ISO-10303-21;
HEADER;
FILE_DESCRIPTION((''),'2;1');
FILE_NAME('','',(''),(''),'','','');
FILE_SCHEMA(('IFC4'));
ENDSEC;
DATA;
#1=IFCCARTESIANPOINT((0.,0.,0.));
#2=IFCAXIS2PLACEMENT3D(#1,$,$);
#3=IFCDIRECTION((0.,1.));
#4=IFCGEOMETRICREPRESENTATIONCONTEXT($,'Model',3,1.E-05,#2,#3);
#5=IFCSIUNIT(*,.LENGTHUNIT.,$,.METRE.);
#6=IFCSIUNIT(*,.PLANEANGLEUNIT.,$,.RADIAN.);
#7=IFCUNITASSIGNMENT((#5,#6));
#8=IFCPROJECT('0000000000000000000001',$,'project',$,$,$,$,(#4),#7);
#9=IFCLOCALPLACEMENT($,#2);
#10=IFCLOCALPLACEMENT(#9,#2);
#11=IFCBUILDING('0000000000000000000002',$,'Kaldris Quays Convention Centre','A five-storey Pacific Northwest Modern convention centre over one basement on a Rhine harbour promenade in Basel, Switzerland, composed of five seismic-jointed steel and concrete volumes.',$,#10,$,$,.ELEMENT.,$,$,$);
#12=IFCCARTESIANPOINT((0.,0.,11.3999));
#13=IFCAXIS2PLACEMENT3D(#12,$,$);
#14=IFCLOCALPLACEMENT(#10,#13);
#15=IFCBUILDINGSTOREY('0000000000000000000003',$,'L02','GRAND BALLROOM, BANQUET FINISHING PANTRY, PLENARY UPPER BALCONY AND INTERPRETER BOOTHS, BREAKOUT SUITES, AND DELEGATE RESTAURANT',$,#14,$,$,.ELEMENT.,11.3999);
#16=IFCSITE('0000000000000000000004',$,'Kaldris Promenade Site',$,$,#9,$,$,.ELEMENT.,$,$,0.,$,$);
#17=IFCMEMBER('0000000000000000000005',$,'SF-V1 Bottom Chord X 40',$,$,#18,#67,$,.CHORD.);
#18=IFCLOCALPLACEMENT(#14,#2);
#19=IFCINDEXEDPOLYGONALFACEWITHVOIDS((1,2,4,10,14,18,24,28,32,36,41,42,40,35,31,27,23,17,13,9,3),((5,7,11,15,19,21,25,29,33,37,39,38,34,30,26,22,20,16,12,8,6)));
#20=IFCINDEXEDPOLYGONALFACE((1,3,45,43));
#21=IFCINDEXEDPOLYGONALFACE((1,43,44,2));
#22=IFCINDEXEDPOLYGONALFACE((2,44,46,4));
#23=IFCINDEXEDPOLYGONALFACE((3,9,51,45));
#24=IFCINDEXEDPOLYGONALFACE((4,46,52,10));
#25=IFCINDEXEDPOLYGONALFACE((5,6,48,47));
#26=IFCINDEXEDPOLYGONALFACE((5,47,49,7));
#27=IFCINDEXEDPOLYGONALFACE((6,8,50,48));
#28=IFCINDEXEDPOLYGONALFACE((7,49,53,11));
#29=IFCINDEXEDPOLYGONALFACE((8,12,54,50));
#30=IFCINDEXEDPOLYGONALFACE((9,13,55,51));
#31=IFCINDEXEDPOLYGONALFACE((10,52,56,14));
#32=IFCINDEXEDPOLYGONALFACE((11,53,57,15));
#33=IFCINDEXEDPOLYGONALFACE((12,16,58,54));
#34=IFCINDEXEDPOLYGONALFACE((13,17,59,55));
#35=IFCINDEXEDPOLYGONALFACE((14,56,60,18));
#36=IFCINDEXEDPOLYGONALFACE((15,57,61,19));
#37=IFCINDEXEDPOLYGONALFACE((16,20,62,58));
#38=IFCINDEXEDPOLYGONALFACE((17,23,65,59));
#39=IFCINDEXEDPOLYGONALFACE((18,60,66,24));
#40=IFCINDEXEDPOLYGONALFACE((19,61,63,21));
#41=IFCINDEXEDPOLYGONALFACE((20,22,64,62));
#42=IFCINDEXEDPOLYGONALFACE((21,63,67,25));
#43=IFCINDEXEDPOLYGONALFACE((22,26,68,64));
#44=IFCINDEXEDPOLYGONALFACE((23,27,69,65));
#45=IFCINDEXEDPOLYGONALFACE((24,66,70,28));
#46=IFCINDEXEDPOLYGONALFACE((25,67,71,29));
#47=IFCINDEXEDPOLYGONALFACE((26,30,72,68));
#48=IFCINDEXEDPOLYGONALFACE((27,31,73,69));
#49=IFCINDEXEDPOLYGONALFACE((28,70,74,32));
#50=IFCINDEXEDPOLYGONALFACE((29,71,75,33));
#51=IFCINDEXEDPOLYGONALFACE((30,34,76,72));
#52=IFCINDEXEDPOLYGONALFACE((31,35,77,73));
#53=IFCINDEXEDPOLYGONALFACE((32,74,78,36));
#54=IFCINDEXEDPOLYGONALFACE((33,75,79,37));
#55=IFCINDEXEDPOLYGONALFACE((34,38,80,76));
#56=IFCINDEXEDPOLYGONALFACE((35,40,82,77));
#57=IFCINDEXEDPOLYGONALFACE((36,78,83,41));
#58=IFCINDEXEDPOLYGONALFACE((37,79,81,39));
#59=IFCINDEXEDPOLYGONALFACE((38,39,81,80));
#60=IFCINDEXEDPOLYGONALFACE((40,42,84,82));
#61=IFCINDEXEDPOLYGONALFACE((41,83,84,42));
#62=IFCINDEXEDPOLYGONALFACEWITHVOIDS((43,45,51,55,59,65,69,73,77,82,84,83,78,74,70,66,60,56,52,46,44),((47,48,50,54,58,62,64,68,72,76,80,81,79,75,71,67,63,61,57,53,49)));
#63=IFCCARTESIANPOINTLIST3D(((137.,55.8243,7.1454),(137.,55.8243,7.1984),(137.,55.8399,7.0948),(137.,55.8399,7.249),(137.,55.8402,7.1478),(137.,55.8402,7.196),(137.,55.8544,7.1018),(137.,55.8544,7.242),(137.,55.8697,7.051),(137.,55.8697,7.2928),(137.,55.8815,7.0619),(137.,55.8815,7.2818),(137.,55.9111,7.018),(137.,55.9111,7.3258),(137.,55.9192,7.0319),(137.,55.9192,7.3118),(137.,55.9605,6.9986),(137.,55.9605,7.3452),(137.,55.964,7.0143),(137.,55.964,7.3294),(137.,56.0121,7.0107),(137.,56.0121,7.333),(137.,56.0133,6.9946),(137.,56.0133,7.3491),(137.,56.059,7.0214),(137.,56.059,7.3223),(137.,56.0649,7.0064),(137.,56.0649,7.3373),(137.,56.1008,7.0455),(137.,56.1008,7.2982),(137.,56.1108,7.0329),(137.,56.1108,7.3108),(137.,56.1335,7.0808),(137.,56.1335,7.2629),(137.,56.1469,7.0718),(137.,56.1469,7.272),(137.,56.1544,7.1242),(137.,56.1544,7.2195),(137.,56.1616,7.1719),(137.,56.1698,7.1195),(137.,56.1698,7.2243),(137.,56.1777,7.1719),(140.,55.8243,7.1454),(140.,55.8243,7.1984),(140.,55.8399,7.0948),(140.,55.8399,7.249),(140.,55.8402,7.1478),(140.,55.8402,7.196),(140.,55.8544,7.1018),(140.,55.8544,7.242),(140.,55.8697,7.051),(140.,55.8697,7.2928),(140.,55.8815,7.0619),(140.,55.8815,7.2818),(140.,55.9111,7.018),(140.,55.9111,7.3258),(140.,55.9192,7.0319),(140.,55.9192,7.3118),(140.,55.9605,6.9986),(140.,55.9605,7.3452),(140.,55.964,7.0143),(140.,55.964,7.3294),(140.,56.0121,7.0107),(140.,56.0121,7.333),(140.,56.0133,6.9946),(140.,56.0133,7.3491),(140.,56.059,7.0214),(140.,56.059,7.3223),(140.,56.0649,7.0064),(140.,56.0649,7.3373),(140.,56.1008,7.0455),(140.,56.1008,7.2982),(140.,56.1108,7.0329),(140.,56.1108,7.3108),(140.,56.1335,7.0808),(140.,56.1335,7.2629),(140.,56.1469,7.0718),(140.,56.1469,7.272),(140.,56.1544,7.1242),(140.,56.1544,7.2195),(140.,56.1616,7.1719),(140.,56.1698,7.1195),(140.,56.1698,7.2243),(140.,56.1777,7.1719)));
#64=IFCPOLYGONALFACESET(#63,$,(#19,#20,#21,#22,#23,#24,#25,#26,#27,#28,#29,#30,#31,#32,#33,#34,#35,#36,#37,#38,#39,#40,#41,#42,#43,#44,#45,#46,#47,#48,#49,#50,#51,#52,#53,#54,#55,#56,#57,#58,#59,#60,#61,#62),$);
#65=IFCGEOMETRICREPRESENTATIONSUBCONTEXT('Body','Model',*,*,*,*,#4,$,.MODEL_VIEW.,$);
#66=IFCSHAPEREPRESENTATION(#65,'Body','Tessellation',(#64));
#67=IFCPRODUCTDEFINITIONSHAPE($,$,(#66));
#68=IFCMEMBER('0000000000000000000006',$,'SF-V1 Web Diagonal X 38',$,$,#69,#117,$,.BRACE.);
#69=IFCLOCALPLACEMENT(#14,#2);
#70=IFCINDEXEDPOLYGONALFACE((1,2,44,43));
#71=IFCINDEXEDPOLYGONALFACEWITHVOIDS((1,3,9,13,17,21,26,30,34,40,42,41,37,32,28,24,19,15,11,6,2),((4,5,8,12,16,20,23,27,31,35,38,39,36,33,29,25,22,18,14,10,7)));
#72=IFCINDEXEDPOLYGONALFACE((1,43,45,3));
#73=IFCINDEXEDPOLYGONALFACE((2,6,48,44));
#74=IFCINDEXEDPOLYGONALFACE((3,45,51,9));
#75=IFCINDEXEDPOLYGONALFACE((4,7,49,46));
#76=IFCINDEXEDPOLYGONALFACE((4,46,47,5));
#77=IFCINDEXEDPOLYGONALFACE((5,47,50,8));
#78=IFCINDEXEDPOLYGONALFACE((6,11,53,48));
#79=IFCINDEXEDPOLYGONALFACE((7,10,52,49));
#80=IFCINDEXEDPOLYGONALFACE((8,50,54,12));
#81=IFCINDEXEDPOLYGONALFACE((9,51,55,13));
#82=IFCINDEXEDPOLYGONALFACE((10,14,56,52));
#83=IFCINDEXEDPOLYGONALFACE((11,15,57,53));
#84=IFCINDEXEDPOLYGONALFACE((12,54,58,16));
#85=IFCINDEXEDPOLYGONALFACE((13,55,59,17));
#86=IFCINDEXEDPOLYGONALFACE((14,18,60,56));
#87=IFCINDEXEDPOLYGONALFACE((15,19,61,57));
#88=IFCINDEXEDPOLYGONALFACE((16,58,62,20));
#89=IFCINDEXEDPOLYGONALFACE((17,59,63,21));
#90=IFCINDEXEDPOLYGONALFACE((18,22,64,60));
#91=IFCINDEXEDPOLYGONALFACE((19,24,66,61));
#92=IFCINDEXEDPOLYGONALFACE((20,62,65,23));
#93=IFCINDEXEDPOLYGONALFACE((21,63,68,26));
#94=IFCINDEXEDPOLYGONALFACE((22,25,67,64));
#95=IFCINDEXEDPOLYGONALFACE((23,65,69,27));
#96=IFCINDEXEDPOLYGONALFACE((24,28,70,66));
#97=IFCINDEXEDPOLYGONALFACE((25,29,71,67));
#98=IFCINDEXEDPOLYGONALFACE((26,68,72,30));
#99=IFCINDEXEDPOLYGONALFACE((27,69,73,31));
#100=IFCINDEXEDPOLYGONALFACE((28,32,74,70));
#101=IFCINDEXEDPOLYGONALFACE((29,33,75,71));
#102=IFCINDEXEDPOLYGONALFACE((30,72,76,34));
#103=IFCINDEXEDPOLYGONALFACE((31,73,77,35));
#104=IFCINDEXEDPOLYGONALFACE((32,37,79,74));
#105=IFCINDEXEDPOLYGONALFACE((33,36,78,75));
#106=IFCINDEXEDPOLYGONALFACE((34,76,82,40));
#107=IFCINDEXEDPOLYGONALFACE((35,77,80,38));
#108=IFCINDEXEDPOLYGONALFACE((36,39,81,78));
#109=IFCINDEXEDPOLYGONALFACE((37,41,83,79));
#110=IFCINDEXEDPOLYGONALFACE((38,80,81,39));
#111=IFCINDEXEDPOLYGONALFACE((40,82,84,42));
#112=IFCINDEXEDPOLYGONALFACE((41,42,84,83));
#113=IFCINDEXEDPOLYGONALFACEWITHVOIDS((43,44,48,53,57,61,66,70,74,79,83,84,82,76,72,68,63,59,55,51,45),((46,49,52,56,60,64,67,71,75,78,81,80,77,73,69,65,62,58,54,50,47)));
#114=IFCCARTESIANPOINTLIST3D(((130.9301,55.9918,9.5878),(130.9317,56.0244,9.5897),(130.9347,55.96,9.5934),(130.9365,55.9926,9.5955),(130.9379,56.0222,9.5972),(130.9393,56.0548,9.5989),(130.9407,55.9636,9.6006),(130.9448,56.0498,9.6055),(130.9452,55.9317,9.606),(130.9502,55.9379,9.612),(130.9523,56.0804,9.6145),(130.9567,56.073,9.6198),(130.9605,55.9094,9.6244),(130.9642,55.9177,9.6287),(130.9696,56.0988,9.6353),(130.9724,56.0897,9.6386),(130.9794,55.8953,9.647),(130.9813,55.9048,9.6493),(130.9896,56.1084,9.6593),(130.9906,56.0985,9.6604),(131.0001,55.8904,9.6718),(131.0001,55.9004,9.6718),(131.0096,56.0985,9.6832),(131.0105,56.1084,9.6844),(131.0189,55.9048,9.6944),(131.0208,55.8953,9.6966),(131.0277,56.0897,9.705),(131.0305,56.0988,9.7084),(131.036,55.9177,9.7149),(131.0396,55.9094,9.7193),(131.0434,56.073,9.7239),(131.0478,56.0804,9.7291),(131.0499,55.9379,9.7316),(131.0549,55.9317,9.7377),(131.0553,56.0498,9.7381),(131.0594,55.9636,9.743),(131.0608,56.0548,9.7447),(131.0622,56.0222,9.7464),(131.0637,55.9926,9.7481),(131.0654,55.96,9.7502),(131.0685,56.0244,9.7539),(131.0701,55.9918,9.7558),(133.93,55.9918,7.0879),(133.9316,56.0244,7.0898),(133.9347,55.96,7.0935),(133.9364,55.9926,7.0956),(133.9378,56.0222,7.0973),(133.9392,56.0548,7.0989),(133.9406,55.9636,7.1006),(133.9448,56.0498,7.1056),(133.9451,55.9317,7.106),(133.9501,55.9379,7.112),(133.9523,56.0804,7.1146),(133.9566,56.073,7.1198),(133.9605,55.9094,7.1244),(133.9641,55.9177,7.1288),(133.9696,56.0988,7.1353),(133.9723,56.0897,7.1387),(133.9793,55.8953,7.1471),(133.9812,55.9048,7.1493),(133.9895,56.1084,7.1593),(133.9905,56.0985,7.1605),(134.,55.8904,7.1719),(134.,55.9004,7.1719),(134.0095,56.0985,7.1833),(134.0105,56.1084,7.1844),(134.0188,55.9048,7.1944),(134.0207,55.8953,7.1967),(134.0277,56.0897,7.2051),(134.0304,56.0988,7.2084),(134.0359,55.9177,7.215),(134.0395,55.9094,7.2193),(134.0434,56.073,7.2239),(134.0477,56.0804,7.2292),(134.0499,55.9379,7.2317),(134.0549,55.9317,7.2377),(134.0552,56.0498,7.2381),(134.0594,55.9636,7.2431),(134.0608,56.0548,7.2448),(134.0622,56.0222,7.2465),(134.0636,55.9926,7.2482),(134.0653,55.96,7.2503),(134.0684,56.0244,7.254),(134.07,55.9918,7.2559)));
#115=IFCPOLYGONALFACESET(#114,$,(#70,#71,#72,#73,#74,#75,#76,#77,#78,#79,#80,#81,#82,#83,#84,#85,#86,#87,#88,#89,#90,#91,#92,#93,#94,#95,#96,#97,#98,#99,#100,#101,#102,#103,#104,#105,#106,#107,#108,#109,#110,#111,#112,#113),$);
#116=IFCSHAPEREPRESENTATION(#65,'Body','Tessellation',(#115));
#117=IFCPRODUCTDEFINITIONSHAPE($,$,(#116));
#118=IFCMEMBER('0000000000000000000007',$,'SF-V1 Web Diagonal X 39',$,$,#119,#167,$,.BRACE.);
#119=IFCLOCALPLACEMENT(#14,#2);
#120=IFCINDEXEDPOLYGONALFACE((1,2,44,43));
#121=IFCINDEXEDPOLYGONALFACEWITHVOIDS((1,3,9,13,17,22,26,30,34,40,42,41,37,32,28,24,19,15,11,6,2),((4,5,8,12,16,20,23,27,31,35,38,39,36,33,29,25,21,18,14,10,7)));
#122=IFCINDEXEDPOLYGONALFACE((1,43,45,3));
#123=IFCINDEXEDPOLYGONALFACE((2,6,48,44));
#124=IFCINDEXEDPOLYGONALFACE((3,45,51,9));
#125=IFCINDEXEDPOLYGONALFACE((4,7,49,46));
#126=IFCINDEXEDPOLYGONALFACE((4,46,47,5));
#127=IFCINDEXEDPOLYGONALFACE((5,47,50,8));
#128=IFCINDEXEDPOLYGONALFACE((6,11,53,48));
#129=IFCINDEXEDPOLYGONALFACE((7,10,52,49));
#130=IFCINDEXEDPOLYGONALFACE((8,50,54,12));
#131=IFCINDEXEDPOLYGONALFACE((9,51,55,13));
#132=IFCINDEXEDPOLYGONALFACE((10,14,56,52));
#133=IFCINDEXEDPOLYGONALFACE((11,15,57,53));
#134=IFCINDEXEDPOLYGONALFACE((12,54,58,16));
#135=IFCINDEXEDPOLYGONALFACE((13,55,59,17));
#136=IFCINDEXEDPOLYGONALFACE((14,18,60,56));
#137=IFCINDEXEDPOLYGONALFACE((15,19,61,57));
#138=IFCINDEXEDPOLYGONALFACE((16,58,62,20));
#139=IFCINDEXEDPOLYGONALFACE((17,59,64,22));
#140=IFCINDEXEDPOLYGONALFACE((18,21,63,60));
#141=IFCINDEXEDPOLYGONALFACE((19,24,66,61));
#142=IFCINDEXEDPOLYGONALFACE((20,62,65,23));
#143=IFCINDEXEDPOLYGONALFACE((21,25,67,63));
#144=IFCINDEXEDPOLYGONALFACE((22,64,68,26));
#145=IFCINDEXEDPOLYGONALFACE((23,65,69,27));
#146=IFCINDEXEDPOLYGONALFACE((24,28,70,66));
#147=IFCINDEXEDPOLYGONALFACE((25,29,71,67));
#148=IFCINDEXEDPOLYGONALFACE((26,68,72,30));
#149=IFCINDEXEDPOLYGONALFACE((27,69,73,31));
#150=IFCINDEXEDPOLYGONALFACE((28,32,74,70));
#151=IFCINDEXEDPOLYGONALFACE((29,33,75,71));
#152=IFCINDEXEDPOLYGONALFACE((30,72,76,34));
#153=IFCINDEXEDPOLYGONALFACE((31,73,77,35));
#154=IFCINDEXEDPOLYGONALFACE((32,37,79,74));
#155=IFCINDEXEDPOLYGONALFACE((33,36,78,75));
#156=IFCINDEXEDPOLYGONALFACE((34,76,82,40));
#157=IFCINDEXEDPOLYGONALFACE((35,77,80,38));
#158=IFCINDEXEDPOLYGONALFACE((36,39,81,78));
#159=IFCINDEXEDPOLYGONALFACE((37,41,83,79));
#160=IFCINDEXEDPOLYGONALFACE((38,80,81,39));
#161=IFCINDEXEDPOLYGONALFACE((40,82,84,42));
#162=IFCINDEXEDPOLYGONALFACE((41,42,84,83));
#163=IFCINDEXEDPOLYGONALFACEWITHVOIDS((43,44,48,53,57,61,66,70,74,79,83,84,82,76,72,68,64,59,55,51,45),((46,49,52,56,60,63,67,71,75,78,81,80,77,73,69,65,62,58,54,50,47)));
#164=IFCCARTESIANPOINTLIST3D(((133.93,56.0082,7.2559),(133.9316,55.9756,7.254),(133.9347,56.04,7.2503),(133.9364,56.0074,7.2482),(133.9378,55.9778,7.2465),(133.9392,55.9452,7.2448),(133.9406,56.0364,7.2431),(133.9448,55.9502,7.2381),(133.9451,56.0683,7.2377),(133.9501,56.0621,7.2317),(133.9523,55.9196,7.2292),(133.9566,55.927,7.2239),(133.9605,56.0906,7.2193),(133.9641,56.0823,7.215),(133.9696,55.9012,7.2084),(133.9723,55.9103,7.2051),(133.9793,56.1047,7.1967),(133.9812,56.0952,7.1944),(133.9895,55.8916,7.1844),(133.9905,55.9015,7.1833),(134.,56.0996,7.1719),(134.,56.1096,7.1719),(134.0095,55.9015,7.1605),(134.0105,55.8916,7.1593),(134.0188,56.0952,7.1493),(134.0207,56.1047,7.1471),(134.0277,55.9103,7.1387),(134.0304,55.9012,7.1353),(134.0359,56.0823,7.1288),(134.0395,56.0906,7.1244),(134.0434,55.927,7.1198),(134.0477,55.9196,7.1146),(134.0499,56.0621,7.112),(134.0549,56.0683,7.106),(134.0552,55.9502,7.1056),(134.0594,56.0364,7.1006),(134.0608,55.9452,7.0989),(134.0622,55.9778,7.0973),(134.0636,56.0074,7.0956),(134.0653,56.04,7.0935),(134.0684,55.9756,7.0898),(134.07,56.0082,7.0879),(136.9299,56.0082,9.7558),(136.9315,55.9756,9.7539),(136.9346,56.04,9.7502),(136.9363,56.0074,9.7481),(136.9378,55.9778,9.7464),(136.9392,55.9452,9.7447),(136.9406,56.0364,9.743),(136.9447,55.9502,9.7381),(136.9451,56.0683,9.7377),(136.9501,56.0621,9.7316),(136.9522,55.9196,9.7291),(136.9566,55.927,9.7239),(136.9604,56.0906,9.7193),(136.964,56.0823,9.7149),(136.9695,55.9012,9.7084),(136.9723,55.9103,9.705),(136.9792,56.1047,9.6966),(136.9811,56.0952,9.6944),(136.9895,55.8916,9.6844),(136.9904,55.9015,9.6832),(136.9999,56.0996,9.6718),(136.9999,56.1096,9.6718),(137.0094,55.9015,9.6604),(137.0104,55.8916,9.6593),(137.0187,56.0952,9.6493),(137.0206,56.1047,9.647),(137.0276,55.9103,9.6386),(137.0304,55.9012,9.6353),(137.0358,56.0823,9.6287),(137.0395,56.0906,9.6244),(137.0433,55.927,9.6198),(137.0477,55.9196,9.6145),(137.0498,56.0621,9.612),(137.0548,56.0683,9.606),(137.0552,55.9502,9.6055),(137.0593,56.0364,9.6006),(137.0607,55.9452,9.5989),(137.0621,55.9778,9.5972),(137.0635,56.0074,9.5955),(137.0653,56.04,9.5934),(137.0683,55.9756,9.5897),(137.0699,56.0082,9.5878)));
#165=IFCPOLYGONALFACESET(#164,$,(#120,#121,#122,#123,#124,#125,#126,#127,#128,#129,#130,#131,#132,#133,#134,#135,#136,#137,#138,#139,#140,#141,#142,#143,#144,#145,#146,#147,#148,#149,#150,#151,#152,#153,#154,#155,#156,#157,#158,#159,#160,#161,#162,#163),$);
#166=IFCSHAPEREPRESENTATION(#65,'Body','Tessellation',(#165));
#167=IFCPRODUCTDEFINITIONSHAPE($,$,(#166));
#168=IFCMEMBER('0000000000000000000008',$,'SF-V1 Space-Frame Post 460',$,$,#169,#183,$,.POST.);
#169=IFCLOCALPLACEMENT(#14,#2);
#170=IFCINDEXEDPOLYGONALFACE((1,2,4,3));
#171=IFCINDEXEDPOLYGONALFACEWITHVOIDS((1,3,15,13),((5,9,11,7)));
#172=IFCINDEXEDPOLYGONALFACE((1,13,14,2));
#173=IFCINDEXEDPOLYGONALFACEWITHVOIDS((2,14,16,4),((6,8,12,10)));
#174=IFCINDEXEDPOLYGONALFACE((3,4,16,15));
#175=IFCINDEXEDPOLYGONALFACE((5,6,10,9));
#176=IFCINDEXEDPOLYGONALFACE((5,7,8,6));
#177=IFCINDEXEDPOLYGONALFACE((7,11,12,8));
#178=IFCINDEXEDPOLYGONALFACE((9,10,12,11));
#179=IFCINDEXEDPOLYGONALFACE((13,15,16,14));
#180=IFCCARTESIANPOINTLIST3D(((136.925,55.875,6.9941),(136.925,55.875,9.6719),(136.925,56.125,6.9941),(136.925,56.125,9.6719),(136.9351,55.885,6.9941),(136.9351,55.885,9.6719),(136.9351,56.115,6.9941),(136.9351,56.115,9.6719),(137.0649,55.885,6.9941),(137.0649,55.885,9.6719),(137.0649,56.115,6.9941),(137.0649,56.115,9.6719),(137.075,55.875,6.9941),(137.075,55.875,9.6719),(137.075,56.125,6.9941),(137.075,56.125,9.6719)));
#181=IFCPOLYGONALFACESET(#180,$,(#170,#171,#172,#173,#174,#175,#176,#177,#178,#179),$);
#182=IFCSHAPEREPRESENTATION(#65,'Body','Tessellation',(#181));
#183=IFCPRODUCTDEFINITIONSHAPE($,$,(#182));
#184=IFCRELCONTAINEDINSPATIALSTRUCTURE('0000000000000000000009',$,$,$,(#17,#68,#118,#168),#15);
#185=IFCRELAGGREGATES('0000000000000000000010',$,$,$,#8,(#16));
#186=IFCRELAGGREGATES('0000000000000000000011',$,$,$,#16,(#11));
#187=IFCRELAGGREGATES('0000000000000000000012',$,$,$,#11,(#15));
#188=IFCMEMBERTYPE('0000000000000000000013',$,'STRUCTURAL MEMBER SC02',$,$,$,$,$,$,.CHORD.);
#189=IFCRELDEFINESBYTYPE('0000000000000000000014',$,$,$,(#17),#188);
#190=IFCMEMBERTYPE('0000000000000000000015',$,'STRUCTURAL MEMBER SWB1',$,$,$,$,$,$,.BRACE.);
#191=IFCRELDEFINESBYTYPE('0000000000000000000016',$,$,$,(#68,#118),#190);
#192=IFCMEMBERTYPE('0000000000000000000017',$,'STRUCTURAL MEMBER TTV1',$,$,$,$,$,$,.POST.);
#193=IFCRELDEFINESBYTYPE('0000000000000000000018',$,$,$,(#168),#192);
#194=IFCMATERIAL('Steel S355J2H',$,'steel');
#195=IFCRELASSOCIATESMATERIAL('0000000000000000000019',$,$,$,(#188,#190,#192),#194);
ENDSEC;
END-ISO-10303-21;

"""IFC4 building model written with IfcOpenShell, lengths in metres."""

from ifc_helpers import new_model, si_unit, direction, frame, origin, origin_2d, place, context, subcontext, project, spatial, hollow_rectangle, hollow_circle, extrude, material, material_profile, profile_set, type_object, element, save


model = new_model("IFC4")

# Units and contexts
model_context = context("Model", 3, precision=1e-05, world=origin(), true_north=direction((0.0, 1.0)))
body_context = subcontext(model_context, "Body", "Model", "MODEL_VIEW")
ifc_project = project(units=[si_unit("LENGTHUNIT", "METRE"), si_unit("PLANEANGLEUNIT", "RADIAN")], contexts=[model_context])

# Site, building, storey
site_placement = place(None, origin())
site = spatial("IfcSite", under=ifc_project, at=site_placement, Name="Kaldris Promenade Site", CompositionType="ELEMENT", RefElevation=0.0)
building_placement = place(site_placement, origin())
building = spatial("IfcBuilding", under=site, at=building_placement, Name="Kaldris Quays Convention Centre", Description="A five-storey Pacific Northwest Modern convention centre over one basement on a Rhine harbour promenade in Basel, Switzerland, composed of five seismic-jointed steel and concrete volumes.", CompositionType="ELEMENT")
storey_placement = place(building_placement, frame((0.0, 0.0, 11.3999)))
storey = spatial("IfcBuildingStorey", under=building, at=storey_placement, Name="L02", Description="GRAND BALLROOM, BANQUET FINISHING PANTRY, PLENARY UPPER BALCONY AND INTERPRETER BOOTHS, BREAKOUT SUITES, AND DELEGATE RESTAURANT", CompositionType="ELEMENT", Elevation=11.3999)

# Members
ifc_material_1 = material(Name="Steel S355J2H", Category="steel")
ifc_material_profile_1 = material_profile(ifc_material_1, hollow_circle(Radius=0.1777, WallThickness=0.0161, at=origin_2d()), Name="CHS 355.6x16")
ifc_profile_set_1 = profile_set([ifc_material_profile_1], Name="Steel S355J2H")
member_type_1 = type_object("IfcMemberType", Name="STRUCTURAL MEMBER SC02", PredefinedType="CHORD", material=ifc_profile_set_1)
for number, where, z_axis, x_axis, name in (
    (1, (137.0, 56.0, 7.1719), (1.0, 0.0, 0.0), (0.0, 1.0, 0.0), "SF-V1 Bottom Chord X 40"),
):
    element("IfcMember", number, at=place(storey_placement, frame(where, z_axis=z_axis, x_axis=x_axis)), inside=storey, type_object=member_type_1, Name=name, PredefinedType="CHORD", context=body_context, shape_type="SweptSolid", body=[
        extrude(hollow_circle(Radius=0.1777, WallThickness=0.0161, at=origin_2d()), origin(), (0.0, 0.0, 1.0), 3.0),
    ])
ifc_material_profile_2 = material_profile(ifc_material_1, hollow_circle(Radius=0.1096, WallThickness=0.01, at=origin_2d()), Name="CHS 219.1x10")
ifc_profile_set_2 = profile_set([ifc_material_profile_2], Name="Steel S355J2H")
member_type_2 = type_object("IfcMemberType", Name="STRUCTURAL MEMBER SWB1", PredefinedType="BRACE", material=ifc_profile_set_2)
for number, where, z_axis, x_axis, name in (
    (2, (134.0, 56.0, 7.1719), (-0.768221, 0.0, 0.640184), (0.0, -1.0, 0.0), "SF-V1 Web Diagonal X 38"),
    (3, (134.0, 56.0, 7.1719), (0.768221, 0.0, 0.640184), (0.0, 1.0, 0.0), "SF-V1 Web Diagonal X 39"),
):
    element("IfcMember", number, at=place(storey_placement, frame(where, z_axis=z_axis, x_axis=x_axis)), inside=storey, type_object=member_type_2, Name=name, PredefinedType="BRACE", context=body_context, shape_type="SweptSolid", body=[
        extrude(hollow_circle(Radius=0.1096, WallThickness=0.01, at=origin_2d()), origin(), (0.0, 0.0, 1.0), 3.905),
    ])
ifc_material_profile_3 = material_profile(ifc_material_1, hollow_rectangle(XDim=0.1499, YDim=0.25, WallThickness=0.01, at=origin_2d()), Name="RHS 250x150x10")
ifc_profile_set_3 = profile_set([ifc_material_profile_3], Name="Steel S355J2H")
member_type_3 = type_object("IfcMemberType", Name="STRUCTURAL MEMBER TTV1", PredefinedType="POST", material=ifc_profile_set_3)
member_1_placement = place(storey_placement, frame((137.0, 56.0, 6.9941), z_axis=(0.0, 0.0, 1.0), x_axis=(1.0, 0.0, 0.0)))
element("IfcMember", 4, at=member_1_placement, inside=storey, type_object=member_type_3, Name="SF-V1 Space-Frame Post 460", PredefinedType="POST", context=body_context, shape_type="SweptSolid", body=[
    extrude(hollow_rectangle(XDim=0.1499, YDim=0.25, WallThickness=0.01, at=origin_2d()), origin(), (0.0, 0.0, 1.0), 2.6777),
])

save(model, "model.ifc")
